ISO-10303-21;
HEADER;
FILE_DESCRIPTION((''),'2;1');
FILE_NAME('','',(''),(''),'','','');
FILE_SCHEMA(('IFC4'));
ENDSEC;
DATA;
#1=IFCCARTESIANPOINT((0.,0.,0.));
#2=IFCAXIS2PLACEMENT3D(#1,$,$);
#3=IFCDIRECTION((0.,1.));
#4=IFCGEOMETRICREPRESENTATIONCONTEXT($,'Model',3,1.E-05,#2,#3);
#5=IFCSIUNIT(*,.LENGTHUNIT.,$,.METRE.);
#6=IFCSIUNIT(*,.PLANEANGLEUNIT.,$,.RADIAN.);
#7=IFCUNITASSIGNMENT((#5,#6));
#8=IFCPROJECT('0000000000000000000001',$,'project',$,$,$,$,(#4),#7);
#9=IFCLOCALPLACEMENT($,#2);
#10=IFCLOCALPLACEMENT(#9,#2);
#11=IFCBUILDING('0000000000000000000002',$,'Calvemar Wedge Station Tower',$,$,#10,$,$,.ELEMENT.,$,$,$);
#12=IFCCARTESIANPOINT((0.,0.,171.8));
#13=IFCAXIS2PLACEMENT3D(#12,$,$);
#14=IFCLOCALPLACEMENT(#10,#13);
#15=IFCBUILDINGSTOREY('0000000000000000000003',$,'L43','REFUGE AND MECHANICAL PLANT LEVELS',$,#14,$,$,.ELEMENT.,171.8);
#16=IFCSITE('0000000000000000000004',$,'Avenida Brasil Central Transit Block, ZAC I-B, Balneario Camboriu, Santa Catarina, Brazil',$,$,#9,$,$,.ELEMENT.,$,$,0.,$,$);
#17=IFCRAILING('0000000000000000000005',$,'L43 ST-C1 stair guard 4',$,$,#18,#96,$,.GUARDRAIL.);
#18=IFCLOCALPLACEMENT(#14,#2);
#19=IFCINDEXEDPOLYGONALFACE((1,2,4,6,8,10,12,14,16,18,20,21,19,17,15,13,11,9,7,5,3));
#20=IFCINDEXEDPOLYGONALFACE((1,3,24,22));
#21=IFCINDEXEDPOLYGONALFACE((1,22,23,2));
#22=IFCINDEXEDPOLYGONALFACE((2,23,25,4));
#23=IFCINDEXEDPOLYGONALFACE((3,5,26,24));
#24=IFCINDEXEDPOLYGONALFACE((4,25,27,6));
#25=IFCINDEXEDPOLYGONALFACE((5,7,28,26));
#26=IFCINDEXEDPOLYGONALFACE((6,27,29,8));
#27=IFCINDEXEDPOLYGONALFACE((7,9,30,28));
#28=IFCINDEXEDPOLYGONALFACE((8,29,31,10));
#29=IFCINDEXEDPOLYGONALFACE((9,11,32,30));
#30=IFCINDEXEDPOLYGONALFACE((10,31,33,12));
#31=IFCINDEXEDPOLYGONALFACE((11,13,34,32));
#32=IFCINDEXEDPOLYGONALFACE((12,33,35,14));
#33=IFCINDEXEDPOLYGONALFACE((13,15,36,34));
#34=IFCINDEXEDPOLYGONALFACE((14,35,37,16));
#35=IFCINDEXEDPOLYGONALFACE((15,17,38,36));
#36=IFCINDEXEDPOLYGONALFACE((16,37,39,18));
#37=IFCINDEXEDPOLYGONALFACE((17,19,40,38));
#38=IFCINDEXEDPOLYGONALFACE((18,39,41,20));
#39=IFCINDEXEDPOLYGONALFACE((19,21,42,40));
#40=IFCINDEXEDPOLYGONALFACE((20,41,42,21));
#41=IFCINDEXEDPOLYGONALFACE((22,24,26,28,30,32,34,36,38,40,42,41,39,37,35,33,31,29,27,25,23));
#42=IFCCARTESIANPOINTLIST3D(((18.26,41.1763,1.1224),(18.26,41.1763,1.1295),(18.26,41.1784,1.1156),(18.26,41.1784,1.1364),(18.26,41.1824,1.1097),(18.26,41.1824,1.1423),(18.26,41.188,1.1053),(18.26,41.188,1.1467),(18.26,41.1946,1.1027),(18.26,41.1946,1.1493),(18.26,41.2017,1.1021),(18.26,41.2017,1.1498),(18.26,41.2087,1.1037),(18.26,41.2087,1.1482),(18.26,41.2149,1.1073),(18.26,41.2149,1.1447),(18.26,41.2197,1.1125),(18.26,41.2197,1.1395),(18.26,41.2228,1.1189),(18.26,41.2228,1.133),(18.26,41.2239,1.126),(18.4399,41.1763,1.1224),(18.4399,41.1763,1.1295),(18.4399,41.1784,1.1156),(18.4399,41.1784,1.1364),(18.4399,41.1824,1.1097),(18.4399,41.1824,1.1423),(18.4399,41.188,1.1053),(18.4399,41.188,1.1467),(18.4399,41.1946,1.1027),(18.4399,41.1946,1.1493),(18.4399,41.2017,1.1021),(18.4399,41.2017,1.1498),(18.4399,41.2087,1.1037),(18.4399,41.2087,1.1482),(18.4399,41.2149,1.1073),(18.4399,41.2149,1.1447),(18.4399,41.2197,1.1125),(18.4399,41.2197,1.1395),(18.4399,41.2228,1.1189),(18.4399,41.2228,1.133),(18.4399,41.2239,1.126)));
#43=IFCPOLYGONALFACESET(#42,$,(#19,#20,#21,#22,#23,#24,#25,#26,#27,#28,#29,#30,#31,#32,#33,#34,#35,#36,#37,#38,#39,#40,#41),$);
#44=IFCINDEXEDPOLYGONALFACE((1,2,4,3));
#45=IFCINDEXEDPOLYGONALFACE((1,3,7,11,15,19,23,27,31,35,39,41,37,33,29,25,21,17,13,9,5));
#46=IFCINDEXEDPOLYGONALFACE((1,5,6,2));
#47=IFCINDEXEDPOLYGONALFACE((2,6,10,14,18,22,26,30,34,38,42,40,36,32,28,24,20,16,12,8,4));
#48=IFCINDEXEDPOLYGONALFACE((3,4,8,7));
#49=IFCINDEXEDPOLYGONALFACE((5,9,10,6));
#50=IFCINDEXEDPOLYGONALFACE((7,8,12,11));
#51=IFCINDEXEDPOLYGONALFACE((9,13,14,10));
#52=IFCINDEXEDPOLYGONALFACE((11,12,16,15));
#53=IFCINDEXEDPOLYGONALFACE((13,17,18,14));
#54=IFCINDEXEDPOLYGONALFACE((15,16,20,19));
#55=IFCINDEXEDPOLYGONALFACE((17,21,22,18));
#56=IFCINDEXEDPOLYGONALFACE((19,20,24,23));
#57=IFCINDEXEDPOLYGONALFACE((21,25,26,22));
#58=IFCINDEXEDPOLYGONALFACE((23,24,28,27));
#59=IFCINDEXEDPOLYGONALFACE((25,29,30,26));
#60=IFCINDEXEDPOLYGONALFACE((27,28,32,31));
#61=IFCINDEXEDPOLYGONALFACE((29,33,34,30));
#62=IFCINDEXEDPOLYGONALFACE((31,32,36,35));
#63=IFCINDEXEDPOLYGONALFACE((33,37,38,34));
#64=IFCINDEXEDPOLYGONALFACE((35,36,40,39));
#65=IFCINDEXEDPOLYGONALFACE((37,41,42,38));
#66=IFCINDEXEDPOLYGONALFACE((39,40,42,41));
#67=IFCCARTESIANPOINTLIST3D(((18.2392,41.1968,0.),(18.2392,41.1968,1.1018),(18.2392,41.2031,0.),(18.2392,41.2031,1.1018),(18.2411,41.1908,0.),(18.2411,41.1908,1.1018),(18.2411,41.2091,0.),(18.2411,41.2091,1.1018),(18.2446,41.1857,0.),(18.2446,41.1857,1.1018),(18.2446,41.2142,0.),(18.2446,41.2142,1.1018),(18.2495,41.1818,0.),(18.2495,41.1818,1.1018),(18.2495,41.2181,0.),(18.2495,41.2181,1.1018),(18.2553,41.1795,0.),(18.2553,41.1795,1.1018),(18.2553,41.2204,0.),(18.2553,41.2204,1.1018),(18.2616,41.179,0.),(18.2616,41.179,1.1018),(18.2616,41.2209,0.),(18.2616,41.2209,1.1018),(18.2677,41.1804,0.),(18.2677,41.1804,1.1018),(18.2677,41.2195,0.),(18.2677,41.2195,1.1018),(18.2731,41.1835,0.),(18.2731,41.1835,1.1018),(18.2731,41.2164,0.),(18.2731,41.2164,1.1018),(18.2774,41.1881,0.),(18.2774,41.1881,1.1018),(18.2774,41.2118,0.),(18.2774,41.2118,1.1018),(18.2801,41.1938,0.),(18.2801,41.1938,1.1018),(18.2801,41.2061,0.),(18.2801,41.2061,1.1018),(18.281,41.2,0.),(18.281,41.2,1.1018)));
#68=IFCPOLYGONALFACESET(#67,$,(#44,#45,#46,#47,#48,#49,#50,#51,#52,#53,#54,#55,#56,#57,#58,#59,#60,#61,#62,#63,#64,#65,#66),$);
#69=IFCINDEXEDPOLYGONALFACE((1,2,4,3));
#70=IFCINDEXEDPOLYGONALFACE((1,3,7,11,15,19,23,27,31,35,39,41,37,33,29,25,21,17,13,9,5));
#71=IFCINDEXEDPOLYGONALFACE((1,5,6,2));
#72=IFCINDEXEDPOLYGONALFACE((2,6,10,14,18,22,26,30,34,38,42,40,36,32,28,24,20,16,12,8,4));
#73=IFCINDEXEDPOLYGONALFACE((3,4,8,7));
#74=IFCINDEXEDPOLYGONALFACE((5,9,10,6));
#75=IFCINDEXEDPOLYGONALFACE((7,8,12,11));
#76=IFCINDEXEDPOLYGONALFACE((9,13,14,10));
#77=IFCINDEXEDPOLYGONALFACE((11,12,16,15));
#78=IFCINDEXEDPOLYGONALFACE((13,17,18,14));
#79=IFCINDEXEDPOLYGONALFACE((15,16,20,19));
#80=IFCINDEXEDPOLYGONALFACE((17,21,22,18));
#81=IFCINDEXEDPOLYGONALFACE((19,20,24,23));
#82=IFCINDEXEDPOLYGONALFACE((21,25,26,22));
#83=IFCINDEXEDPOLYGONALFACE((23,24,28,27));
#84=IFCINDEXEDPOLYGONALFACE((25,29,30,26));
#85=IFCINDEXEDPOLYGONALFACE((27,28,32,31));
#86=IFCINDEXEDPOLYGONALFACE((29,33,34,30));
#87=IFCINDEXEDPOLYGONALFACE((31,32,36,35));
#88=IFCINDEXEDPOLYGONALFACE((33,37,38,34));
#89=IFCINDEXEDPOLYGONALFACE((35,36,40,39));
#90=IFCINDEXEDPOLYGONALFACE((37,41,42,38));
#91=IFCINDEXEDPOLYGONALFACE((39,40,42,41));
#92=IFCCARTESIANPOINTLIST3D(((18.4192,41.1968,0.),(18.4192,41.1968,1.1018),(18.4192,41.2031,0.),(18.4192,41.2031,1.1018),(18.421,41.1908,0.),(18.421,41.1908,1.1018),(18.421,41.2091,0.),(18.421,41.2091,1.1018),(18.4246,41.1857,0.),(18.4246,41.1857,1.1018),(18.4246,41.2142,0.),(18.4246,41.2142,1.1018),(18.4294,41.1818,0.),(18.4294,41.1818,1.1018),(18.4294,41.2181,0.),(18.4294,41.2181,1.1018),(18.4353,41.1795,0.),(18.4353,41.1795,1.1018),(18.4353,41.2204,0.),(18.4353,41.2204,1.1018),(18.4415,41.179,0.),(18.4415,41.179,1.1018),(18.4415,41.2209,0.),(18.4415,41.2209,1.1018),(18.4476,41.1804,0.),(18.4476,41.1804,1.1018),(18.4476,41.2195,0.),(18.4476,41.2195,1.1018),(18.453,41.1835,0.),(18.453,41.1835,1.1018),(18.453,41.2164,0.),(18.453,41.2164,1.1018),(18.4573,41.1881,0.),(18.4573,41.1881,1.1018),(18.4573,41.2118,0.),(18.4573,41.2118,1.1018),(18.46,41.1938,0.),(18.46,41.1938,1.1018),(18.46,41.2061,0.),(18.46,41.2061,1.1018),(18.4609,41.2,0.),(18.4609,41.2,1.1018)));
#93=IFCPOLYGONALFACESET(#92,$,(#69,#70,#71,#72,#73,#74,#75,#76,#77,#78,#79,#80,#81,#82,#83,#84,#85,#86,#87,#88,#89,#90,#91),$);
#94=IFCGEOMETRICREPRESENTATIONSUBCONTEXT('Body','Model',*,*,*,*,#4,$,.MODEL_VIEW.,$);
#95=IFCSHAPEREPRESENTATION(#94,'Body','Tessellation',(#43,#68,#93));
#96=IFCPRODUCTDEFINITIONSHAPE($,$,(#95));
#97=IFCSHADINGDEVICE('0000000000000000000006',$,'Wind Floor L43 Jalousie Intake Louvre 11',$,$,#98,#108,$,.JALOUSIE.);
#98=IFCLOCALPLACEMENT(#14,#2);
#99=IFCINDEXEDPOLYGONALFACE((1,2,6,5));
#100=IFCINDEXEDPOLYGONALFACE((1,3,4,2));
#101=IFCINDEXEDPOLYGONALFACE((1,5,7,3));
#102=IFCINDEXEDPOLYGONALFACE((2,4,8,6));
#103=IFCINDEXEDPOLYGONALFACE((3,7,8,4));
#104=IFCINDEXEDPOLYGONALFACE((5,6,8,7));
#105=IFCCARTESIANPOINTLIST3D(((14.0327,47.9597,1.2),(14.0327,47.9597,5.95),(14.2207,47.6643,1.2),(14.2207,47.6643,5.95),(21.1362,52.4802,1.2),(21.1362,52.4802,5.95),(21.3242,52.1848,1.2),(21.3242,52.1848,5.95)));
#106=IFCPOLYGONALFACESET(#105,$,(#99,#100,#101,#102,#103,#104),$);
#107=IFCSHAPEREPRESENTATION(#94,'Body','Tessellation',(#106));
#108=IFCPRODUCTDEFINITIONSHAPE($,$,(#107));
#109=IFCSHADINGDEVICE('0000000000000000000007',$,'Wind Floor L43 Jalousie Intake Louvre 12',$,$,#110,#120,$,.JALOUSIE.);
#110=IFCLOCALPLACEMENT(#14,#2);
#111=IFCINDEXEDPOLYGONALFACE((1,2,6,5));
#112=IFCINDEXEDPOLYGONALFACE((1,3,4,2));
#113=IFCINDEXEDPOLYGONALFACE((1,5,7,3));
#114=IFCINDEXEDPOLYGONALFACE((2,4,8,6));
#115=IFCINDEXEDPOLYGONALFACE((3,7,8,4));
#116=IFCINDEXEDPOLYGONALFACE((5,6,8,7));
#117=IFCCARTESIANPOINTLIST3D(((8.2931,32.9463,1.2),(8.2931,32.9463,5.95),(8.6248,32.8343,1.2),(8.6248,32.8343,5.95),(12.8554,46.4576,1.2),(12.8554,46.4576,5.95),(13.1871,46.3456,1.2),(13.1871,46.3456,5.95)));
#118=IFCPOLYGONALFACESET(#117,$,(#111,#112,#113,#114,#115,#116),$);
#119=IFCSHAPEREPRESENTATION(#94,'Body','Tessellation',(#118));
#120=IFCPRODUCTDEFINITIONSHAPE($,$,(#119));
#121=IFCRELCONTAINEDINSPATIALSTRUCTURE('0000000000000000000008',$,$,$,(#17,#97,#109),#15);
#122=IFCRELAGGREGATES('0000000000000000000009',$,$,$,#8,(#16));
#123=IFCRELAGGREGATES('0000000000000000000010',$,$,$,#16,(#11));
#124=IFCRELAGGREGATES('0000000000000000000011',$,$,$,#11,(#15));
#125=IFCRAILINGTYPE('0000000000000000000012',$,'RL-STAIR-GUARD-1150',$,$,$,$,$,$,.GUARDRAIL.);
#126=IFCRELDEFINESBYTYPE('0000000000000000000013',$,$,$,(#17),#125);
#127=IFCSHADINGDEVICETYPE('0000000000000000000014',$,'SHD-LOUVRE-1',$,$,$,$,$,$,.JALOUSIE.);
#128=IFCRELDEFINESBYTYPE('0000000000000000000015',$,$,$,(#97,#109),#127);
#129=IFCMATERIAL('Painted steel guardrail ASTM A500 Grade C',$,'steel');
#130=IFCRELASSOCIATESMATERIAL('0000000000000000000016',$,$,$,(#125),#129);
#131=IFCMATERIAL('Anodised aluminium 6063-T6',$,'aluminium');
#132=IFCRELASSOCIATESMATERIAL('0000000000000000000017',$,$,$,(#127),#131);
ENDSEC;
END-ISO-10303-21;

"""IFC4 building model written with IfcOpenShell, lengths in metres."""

from ifc_helpers import new_model, si_unit, direction, frame, frame_2d, origin, origin_2d, place, context, subcontext, project, spatial, rectangle, circle, extrude, material, type_object, element, save


model = new_model("IFC4")

# Units and contexts
model_context = context("Model", 3, precision=1e-05, world=origin(), true_north=direction((0.0, 1.0)))
body_context = subcontext(model_context, "Body", "Model", "MODEL_VIEW")
ifc_project = project(units=[si_unit("LENGTHUNIT", "METRE"), si_unit("PLANEANGLEUNIT", "RADIAN")], contexts=[model_context])

# Site, building, storey
site_placement = place(None, origin())
site = spatial("IfcSite", under=ifc_project, at=site_placement, Name="Avenida Brasil Central Transit Block, ZAC I-B, Balneario Camboriu, Santa Catarina, Brazil", CompositionType="ELEMENT", RefElevation=0.0)
building_placement = place(site_placement, origin())
building = spatial("IfcBuilding", under=site, at=building_placement, Name="Calvemar Wedge Station Tower", CompositionType="ELEMENT")
storey_placement = place(building_placement, frame((0.0, 0.0, 171.8)))
storey = spatial("IfcBuildingStorey", under=building, at=storey_placement, Name="L43", Description="REFUGE AND MECHANICAL PLANT LEVELS", CompositionType="ELEMENT", Elevation=171.8)

# Railing
ifc_material_1 = material(Name="Painted steel guardrail ASTM A500 Grade C", Category="steel")
railing_type_1 = type_object("IfcRailingType", Name="RL-STAIR-GUARD-1150", PredefinedType="GUARDRAIL", material=ifc_material_1)
railing_1_placement = place(storey_placement, frame((18.26, 41.2, 0.0)))
element("IfcRailing", 1, at=railing_1_placement, inside=storey, type_object=railing_type_1, Name="L43 ST-C1 stair guard 4", PredefinedType="GUARDRAIL", context=body_context, shape_type="SweptSolid", body=[
    extrude(circle(Radius=0.0239, at=origin_2d()), frame((0.0, 0.0, 1.126), z_axis=(1.0, 0.0, 0.0), x_axis=(0.0, 1.0, 0.0)), (0.0, 0.0, 1.0), 0.1799),
    extrude(circle(Radius=0.021, at=origin_2d()), origin(), (0.0, 0.0, 1.0), 1.1018),
    extrude(circle(Radius=0.021, at=origin_2d()), frame((0.1799, 0.0, 0.0)), (0.0, 0.0, 1.0), 1.1018),
])

# Shading devices
ifc_material_2 = material(Name="Anodised aluminium 6063-T6", Category="aluminium")
shading_device_type = type_object("IfcShadingDeviceType", Name="SHD-LOUVRE-1", PredefinedType="JALOUSIE", material=ifc_material_2)
shading_device_1_placement = place(storey_placement, frame((21.2302, 52.3325, 1.2), z_axis=(0.0, 0.0, 1.0), x_axis=(-0.843657, -0.536883, 0.0)))
element("IfcShadingDevice", 2, at=shading_device_1_placement, inside=storey, type_object=shading_device_type, Name="Wind Floor L43 Jalousie Intake Louvre 11", PredefinedType="JALOUSIE", context=body_context, shape_type="SweptSolid", body=[
    extrude(rectangle(XDim=8.4199, YDim=0.3501, at=frame_2d((4.21, 0.0))), origin(), (0.0, 0.0, 1.0), 4.75),
])
shading_device_2_placement = place(storey_placement, frame((13.0212, 46.4016, 1.2), z_axis=(0.0, 0.0, 1.0), x_axis=(-0.319918, -0.947445, 0.0)))
element("IfcShadingDevice", 3, at=shading_device_2_placement, inside=storey, type_object=shading_device_type, Name="Wind Floor L43 Jalousie Intake Louvre 12", PredefinedType="JALOUSIE", context=body_context, shape_type="SweptSolid", body=[
    extrude(rectangle(XDim=14.2607, YDim=0.3501, at=frame_2d((7.1304, 0.0))), origin(), (0.0, 0.0, 1.0), 4.75),
])

save(model, "model.ifc")
